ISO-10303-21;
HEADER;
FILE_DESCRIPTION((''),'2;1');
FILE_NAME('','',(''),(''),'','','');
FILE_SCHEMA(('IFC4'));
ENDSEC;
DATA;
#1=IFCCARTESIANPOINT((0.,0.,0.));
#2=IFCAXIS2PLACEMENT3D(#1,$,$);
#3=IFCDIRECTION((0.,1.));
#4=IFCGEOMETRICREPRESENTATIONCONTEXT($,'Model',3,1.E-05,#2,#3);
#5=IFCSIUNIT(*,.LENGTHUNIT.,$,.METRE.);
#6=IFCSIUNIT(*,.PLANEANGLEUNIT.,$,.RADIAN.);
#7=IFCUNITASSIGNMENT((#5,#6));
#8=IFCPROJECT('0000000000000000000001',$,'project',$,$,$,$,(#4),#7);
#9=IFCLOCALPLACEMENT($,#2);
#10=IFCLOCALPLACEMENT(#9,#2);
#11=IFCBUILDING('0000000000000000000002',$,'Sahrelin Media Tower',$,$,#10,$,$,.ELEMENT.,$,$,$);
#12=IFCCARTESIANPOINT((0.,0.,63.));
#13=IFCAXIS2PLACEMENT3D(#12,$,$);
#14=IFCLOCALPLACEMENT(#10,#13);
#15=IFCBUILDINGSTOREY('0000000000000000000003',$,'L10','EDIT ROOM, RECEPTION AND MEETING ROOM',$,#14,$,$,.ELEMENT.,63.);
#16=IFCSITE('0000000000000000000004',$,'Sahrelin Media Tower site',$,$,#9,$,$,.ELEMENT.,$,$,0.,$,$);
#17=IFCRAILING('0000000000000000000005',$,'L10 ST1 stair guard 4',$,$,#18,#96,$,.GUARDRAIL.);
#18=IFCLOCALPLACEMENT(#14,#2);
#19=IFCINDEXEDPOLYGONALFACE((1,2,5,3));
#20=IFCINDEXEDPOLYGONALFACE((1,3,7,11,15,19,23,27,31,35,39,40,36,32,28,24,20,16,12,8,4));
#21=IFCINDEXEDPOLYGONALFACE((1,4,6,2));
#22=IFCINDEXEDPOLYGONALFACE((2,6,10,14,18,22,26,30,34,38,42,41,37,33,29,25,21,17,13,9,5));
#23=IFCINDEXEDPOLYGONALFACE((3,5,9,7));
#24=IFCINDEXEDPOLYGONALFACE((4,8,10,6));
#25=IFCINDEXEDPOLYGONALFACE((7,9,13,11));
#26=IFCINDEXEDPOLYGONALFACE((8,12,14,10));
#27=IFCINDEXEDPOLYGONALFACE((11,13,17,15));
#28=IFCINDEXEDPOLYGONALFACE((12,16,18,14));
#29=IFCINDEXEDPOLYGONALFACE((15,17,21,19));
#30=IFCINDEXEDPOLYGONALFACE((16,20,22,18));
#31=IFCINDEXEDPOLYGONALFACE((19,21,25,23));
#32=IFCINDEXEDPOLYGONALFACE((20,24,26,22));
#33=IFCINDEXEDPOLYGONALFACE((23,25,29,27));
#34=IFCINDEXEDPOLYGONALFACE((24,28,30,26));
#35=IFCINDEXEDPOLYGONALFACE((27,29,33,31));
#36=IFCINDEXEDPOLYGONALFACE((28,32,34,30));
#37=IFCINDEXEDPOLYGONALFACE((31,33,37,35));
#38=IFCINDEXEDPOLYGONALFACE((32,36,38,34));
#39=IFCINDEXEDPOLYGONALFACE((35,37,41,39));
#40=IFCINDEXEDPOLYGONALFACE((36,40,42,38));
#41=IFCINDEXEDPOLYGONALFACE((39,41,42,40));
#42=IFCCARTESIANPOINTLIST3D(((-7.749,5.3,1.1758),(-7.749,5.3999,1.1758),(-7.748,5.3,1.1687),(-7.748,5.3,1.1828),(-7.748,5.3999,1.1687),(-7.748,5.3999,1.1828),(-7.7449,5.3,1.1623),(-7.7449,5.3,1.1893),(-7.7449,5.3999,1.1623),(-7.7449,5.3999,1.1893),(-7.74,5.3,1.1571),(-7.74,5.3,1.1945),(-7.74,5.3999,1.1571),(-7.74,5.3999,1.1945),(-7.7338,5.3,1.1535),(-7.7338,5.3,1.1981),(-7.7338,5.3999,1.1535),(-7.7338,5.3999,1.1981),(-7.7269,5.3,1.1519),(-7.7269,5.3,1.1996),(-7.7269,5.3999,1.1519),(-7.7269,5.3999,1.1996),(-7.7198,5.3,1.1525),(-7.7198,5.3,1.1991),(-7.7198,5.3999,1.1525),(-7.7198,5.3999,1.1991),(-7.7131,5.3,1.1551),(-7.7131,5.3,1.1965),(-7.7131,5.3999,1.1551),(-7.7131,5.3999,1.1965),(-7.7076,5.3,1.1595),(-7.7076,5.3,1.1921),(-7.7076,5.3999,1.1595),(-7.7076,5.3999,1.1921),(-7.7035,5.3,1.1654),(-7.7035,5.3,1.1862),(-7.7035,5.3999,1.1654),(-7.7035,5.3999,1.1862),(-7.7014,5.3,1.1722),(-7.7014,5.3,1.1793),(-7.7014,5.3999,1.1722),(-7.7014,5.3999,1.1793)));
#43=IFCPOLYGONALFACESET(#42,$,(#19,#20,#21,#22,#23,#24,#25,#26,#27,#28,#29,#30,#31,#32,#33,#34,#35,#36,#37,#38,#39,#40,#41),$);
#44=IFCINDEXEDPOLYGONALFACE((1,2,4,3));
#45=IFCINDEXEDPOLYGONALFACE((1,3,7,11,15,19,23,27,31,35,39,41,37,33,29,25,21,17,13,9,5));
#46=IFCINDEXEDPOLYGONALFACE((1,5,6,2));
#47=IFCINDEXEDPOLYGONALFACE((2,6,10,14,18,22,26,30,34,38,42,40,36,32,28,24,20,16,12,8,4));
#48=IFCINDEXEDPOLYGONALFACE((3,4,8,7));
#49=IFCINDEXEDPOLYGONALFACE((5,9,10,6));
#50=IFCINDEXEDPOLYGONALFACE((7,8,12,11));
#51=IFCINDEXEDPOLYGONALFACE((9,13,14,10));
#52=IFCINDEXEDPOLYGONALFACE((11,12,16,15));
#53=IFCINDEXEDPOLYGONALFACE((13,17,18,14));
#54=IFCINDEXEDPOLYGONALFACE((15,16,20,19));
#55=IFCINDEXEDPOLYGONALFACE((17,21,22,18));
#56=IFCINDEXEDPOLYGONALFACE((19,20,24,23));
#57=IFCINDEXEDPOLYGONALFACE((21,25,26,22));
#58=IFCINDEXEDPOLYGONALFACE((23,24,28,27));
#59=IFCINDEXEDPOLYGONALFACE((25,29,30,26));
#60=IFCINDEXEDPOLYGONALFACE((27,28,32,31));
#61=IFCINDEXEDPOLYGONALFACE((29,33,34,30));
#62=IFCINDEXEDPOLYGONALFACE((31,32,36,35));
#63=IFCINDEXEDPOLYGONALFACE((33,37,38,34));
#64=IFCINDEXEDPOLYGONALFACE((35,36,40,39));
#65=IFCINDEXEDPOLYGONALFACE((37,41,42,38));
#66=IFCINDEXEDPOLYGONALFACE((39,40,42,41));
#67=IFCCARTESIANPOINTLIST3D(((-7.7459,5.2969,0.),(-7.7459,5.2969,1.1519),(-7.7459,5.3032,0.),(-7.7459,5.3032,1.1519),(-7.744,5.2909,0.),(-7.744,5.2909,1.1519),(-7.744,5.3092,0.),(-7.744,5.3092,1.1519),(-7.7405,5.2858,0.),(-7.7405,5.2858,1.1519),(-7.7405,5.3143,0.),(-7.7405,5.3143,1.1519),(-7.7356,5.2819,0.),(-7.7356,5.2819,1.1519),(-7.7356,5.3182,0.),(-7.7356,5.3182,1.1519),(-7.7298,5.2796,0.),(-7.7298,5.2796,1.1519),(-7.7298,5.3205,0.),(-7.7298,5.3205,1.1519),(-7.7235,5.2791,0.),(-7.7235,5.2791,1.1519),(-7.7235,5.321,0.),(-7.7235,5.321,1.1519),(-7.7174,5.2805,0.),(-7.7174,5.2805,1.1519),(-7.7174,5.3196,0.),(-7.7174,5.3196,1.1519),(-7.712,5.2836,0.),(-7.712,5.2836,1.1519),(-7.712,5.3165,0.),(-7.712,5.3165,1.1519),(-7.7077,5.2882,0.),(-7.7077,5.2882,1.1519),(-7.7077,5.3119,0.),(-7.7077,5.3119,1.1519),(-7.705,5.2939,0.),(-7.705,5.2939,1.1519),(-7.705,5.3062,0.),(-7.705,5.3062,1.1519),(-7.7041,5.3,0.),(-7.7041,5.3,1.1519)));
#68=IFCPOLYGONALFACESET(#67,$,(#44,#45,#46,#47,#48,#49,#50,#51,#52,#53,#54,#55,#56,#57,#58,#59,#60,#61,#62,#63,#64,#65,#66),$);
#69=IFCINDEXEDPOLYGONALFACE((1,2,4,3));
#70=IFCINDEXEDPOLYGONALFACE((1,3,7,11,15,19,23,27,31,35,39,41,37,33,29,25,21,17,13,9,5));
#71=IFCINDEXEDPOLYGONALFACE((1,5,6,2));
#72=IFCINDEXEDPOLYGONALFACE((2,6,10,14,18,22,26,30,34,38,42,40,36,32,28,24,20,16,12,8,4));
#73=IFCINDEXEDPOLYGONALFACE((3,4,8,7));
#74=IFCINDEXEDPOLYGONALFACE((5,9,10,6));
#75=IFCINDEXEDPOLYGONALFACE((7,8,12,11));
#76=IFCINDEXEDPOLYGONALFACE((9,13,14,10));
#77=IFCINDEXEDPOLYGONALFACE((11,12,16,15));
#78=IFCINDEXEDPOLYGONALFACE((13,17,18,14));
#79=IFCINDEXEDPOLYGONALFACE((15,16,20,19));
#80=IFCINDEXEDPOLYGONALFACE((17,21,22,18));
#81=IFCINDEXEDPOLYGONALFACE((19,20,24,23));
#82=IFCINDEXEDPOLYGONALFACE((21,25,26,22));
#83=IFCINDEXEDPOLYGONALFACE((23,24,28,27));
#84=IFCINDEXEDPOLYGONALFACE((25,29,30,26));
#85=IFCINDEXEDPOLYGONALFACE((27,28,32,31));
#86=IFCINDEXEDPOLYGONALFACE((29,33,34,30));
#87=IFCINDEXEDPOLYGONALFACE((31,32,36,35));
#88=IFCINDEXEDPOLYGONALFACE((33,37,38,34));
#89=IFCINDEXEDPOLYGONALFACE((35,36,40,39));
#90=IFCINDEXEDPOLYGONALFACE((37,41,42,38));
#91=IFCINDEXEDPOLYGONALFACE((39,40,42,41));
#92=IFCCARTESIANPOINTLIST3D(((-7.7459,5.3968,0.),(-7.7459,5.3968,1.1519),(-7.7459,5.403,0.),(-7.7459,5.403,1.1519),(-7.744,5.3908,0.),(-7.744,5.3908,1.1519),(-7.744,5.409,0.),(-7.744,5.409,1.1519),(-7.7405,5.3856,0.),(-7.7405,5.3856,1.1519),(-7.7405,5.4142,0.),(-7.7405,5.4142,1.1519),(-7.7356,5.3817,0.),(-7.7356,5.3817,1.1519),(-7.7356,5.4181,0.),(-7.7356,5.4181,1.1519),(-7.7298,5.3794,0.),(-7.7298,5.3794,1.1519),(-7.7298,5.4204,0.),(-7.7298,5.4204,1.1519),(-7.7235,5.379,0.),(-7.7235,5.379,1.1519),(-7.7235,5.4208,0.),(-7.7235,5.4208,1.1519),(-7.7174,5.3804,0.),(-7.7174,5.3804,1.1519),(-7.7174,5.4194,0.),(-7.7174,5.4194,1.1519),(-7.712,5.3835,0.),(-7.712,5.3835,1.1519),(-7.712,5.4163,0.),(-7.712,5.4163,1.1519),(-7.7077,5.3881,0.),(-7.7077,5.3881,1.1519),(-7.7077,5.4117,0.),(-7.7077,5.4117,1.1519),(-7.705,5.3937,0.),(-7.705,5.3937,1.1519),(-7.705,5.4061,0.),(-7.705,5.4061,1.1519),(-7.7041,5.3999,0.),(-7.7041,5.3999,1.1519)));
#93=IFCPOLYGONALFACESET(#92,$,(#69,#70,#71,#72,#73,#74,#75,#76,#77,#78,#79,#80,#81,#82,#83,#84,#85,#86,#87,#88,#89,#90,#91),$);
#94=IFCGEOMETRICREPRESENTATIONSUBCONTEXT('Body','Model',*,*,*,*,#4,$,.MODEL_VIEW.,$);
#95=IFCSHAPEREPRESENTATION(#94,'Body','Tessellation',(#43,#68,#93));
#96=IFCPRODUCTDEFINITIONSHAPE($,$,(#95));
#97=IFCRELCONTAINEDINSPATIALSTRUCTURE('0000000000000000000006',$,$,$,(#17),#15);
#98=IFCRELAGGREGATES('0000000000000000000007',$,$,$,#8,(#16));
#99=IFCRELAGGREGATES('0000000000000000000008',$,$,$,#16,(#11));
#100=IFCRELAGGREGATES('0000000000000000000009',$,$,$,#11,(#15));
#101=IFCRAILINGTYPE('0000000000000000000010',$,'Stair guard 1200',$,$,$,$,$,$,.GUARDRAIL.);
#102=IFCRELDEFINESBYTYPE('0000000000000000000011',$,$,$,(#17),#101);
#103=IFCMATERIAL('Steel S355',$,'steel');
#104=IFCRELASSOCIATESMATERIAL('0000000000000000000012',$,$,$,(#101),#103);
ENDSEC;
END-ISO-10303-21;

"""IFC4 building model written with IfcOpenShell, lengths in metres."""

from ifc_helpers import new_model, si_unit, direction, frame, origin, origin_2d, place, context, subcontext, project, spatial, circle, extrude, material, type_object, element, save


model = new_model("IFC4")

# Units and contexts
model_context = context("Model", 3, precision=1e-05, world=origin(), true_north=direction((0.0, 1.0)))
body_context = subcontext(model_context, "Body", "Model", "MODEL_VIEW")
ifc_project = project(units=[si_unit("LENGTHUNIT", "METRE"), si_unit("PLANEANGLEUNIT", "RADIAN")], contexts=[model_context])

# Site, building, storey
site_placement = place(None, origin())
site = spatial("IfcSite", under=ifc_project, at=site_placement, Name="Sahrelin Media Tower site", CompositionType="ELEMENT", RefElevation=0.0)
building_placement = place(site_placement, origin())
building = spatial("IfcBuilding", under=site, at=building_placement, Name="Sahrelin Media Tower", CompositionType="ELEMENT")
storey_placement = place(building_placement, frame((0.0, 0.0, 63.0)))
storey = spatial("IfcBuildingStorey", under=building, at=storey_placement, Name="L10", Description="EDIT ROOM, RECEPTION AND MEETING ROOM", CompositionType="ELEMENT", Elevation=63.0)

# Shared definitions
ifc_material_1 = material(Name="Steel S355", Category="steel")

# Railing
railing_type_1 = type_object("IfcRailingType", Name="Stair guard 1200", PredefinedType="GUARDRAIL", material=ifc_material_1)
railing_1_placement = place(storey_placement, frame((-7.7251, 5.3, 0.0)))
element("IfcRailing", 1, at=railing_1_placement, inside=storey, type_object=railing_type_1, Name="L10 ST1 stair guard 4", PredefinedType="GUARDRAIL", context=body_context, shape_type="SweptSolid", body=[
    extrude(circle(Radius=0.0239, at=origin_2d()), frame((0.0, 0.0, 1.1758), z_axis=(0.0, 1.0, 0.0), x_axis=(-1.0, 0.0, 0.0)), (0.0, 0.0, 1.0), 0.0999),
    extrude(circle(Radius=0.021, at=origin_2d()), origin(), (0.0, 0.0, 1.0), 1.1519),
    extrude(circle(Radius=0.021, at=origin_2d()), frame((0.0, 0.0999, 0.0)), (0.0, 0.0, 1.0), 1.1519),
])

save(model, "model.ifc")
